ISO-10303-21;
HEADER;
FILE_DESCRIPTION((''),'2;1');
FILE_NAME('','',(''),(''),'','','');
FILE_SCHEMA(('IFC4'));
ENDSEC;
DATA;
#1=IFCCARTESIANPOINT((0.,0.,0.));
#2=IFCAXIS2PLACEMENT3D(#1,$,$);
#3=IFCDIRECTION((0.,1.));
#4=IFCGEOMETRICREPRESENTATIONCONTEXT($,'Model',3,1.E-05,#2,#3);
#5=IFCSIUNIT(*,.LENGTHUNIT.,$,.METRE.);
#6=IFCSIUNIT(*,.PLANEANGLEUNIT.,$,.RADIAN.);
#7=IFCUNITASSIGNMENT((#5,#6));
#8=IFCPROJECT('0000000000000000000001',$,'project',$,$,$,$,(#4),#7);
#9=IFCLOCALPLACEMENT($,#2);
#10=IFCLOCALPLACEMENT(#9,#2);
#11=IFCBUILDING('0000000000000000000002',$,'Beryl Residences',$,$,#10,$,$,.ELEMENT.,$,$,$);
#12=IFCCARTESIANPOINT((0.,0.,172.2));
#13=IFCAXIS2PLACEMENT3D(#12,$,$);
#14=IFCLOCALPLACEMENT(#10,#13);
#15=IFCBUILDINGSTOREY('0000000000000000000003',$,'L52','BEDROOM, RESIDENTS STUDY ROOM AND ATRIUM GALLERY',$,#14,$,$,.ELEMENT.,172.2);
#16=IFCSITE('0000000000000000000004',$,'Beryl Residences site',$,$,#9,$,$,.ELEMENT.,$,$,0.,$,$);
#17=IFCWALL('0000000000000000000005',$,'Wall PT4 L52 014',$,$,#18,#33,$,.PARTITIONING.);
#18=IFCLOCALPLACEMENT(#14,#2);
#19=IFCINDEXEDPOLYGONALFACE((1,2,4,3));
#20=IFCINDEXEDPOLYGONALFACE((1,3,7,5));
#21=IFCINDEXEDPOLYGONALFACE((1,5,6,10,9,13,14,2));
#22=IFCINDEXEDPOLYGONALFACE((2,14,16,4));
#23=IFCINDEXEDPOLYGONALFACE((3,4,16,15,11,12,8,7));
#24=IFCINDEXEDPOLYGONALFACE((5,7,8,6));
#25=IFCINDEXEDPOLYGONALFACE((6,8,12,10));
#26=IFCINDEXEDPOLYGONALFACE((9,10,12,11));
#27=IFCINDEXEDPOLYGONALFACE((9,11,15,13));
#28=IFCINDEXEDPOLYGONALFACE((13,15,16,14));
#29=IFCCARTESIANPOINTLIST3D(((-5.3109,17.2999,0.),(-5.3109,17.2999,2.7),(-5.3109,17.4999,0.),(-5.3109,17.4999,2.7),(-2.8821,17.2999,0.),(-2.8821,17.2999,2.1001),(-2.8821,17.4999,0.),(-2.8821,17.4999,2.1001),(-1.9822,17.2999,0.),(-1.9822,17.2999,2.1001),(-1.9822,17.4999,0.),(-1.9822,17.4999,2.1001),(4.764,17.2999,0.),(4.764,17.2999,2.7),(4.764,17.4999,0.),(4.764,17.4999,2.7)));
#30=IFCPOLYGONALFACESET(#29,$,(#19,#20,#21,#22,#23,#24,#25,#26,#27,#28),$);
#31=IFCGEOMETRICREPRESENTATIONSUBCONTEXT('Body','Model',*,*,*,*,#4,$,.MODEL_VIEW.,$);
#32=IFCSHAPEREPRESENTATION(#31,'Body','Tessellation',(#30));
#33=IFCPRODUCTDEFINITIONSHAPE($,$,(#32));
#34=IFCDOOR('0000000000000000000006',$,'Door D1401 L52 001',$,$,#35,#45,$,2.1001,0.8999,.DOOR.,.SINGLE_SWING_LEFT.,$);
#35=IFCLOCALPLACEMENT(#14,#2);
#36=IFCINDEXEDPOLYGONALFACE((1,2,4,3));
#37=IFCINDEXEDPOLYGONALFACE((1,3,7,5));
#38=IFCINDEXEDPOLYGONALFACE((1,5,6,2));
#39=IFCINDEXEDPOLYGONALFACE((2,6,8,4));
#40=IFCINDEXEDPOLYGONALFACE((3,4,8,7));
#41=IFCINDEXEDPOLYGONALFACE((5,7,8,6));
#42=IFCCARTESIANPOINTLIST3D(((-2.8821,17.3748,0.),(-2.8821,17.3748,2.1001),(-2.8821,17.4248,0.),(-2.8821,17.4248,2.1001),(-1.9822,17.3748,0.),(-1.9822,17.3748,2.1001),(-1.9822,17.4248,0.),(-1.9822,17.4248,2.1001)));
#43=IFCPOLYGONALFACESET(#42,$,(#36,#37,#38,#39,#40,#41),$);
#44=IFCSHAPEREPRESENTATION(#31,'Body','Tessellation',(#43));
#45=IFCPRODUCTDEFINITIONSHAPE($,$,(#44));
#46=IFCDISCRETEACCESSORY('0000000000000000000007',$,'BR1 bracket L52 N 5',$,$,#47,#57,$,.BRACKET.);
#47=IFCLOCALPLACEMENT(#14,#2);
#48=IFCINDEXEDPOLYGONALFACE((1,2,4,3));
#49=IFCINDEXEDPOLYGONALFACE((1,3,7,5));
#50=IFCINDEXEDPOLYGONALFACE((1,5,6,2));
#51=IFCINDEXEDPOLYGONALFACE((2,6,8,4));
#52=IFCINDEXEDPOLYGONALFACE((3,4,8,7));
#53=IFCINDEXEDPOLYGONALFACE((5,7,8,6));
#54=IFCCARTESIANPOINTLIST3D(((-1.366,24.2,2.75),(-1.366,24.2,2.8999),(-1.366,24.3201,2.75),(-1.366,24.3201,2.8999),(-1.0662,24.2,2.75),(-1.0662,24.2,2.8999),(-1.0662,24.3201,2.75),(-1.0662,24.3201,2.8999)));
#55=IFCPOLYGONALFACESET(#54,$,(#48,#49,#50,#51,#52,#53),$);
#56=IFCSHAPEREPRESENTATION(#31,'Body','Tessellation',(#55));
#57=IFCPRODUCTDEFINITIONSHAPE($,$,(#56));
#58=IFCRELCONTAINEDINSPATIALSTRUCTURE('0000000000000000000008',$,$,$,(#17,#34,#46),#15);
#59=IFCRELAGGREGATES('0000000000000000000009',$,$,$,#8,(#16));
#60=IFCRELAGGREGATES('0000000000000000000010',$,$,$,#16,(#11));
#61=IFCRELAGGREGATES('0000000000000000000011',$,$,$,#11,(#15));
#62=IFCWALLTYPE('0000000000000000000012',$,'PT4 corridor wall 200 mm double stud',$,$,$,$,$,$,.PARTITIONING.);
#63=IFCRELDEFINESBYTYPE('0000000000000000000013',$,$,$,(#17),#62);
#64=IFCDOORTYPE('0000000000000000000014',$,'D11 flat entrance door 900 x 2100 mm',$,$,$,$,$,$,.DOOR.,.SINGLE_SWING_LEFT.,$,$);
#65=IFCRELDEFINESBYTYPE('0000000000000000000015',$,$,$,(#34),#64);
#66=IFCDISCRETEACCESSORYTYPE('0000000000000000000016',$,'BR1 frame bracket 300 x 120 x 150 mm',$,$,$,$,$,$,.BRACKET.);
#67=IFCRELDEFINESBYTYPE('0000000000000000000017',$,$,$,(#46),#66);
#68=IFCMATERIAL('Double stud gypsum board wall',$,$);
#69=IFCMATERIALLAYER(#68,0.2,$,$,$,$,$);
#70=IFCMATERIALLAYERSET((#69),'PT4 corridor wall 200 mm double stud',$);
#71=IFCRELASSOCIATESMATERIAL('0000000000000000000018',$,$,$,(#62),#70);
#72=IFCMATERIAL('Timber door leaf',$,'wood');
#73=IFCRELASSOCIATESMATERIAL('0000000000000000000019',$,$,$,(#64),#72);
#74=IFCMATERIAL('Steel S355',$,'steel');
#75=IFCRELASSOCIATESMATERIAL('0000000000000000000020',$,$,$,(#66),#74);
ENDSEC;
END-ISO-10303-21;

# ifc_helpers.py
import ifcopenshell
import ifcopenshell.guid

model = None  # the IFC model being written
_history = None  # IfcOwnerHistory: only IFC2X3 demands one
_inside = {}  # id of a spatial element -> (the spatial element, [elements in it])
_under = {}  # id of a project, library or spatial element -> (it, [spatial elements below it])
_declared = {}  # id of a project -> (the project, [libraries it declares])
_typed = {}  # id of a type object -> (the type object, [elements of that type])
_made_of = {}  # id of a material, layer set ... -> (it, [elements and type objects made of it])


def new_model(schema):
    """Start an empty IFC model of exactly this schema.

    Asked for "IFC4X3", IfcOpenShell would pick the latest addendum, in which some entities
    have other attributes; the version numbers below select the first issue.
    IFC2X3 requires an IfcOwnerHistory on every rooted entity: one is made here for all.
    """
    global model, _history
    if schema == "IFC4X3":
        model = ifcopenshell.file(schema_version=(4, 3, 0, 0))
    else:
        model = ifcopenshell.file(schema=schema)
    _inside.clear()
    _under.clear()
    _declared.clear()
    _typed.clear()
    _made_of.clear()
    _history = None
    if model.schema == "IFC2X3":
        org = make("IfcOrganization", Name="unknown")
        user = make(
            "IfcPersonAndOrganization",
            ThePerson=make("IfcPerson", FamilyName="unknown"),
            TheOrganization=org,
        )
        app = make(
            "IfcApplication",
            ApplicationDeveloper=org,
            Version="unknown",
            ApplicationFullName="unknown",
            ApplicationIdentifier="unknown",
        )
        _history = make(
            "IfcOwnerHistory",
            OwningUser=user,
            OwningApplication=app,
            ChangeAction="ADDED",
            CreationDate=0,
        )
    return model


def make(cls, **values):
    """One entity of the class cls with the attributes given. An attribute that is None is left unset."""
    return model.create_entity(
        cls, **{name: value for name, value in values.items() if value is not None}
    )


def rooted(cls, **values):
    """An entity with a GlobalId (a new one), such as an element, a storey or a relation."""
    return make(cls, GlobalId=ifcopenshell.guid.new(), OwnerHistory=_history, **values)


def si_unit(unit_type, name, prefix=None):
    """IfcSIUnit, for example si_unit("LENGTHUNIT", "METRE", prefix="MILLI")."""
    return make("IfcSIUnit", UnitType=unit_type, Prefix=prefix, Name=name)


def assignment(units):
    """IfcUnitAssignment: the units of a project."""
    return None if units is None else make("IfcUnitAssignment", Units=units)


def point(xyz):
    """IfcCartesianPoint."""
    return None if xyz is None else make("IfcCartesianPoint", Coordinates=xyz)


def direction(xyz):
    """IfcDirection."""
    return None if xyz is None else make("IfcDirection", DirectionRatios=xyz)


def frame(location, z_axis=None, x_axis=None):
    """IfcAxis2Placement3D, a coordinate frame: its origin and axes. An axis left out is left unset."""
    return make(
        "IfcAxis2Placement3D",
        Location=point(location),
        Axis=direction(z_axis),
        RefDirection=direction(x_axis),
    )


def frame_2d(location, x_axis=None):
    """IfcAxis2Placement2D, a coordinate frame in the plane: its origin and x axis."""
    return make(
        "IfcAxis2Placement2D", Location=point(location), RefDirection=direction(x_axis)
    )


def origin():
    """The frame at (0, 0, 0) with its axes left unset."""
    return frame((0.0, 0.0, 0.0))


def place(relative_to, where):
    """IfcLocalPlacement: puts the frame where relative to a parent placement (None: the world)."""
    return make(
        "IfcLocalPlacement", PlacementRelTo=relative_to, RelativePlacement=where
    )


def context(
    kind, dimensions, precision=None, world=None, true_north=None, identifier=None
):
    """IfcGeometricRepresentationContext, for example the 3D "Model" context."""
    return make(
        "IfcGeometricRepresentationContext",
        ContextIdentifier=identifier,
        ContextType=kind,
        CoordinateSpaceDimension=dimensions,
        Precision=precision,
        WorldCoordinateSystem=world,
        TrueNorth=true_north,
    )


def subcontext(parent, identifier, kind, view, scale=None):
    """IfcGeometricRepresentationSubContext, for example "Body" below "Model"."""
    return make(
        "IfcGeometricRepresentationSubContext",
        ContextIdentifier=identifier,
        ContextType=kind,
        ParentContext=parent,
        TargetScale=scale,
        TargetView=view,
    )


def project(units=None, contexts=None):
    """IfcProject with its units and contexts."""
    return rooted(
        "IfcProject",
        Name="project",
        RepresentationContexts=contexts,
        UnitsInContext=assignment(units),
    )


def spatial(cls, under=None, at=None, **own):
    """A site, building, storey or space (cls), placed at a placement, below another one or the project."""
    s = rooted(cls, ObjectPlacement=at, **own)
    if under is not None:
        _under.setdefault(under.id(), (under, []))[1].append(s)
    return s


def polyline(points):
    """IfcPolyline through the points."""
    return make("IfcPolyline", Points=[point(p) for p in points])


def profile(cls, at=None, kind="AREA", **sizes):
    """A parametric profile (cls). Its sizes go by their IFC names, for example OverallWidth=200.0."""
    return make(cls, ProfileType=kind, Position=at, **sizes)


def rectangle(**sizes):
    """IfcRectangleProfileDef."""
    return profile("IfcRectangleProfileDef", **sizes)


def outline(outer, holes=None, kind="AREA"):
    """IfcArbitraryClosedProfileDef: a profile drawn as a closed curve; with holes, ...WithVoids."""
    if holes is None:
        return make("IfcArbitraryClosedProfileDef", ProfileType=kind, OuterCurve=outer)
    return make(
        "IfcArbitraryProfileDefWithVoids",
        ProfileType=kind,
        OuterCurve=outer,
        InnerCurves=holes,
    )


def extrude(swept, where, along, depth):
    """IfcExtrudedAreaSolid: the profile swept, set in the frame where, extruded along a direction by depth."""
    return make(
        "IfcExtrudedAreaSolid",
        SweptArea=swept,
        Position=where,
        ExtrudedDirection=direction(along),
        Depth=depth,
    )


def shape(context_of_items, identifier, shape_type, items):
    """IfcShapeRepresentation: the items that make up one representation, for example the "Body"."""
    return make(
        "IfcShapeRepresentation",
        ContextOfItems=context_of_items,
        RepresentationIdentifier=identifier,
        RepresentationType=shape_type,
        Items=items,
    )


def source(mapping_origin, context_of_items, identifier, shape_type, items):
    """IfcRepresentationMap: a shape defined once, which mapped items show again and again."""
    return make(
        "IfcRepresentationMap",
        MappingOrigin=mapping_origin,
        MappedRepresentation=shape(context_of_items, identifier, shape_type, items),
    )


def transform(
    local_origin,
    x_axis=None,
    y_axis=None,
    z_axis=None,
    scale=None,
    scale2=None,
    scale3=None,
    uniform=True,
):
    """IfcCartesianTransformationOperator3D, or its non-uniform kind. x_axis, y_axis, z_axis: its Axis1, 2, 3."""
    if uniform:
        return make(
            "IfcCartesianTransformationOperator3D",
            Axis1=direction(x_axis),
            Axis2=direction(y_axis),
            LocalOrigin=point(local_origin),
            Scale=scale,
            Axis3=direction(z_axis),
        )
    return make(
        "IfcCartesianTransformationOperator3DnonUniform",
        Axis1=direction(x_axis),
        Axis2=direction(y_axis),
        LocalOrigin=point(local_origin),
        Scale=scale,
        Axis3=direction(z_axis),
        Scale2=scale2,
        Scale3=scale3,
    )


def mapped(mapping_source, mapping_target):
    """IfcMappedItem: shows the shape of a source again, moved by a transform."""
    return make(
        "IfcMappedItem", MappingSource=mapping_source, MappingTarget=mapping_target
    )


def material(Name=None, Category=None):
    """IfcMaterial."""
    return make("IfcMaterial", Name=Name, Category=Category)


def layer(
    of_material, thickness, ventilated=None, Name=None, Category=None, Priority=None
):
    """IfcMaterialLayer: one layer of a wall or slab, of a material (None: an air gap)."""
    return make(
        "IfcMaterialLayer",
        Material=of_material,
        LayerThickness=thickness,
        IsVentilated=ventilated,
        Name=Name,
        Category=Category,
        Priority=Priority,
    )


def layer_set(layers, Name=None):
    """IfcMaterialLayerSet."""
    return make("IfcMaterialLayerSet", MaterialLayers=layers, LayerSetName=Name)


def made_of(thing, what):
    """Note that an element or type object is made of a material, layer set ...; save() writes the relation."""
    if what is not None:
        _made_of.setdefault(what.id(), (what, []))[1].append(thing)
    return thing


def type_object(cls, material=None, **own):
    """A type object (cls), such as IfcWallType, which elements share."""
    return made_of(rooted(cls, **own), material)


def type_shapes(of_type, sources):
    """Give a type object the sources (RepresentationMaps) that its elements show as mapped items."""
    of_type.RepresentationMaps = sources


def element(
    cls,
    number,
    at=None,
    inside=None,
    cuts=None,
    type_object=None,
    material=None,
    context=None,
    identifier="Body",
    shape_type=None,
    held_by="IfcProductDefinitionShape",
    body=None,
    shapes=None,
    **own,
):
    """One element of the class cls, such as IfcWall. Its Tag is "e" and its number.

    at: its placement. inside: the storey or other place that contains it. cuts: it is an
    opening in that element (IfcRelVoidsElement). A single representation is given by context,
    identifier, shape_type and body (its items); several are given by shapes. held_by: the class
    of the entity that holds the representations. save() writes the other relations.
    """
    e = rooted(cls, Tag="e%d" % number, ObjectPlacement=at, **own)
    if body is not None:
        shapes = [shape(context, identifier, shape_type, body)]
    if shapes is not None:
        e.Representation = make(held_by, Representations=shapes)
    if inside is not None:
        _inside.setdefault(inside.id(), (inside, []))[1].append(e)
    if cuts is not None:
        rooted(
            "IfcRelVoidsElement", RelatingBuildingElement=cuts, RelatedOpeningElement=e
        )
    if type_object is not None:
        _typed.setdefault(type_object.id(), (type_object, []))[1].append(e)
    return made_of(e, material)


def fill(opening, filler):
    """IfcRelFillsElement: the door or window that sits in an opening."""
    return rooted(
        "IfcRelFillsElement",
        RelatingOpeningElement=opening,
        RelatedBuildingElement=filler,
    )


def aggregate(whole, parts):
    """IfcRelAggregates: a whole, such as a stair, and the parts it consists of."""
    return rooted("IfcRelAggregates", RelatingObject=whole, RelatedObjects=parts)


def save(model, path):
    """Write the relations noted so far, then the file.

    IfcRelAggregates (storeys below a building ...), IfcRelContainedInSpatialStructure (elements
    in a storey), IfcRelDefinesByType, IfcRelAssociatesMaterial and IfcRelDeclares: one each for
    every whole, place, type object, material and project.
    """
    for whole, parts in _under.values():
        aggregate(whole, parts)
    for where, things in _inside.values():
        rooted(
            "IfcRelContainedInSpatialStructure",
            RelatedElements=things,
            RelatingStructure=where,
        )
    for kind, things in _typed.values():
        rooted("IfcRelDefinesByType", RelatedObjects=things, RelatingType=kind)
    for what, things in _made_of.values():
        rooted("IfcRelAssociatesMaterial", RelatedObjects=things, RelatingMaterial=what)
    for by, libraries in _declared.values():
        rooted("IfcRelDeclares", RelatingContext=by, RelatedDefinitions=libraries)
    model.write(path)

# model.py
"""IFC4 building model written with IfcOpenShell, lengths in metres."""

from ifc_helpers import new_model, si_unit, direction, frame, frame_2d, origin, place, context, subcontext, project, spatial, polyline, rectangle, outline, extrude, source, transform, mapped, material, layer, layer_set, type_object, type_shapes, element, fill, save


model = new_model("IFC4")

# Units and contexts
model_context = context("Model", 3, precision=1e-05, world=origin(), true_north=direction((0.0, 1.0)))
body_context = subcontext(model_context, "Body", "Model", "MODEL_VIEW")
ifc_project = project(units=[si_unit("LENGTHUNIT", "METRE"), si_unit("PLANEANGLEUNIT", "RADIAN")], contexts=[model_context])

# Site, building, storey
site_placement = place(None, origin())
site = spatial("IfcSite", under=ifc_project, at=site_placement, Name="Beryl Residences site", CompositionType="ELEMENT", RefElevation=0.0)
building_placement = place(site_placement, origin())
building = spatial("IfcBuilding", under=site, at=building_placement, Name="Beryl Residences", CompositionType="ELEMENT")
storey_placement = place(building_placement, frame((0.0, 0.0, 172.2)))
storey = spatial("IfcBuildingStorey", under=building, at=storey_placement, Name="L52", Description="BEDROOM, RESIDENTS STUDY ROOM AND ATRIUM GALLERY", CompositionType="ELEMENT", Elevation=172.2)

# Wall, opening, door
ifc_material_1 = material(Name="Double stud gypsum board wall")
ifc_layer_1 = layer(ifc_material_1, 0.2)
ifc_layer_set_1 = layer_set([ifc_layer_1], Name="PT4 corridor wall 200 mm double stud")
wall_type_1 = type_object("IfcWallType", Name="PT4 corridor wall 200 mm double stud", PredefinedType="PARTITIONING", material=ifc_layer_set_1)
wall_1_placement = place(storey_placement, frame((-5.311, 17.3999, 0.0), z_axis=(0.0, 0.0, 1.0), x_axis=(1.0, 0.0, 0.0)))
wall_1 = element("IfcWall", 1, at=wall_1_placement, inside=storey, type_object=wall_type_1, Name="Wall PT4 L52 014", PredefinedType="PARTITIONING", context=body_context, shape_type="SweptSolid", body=[
    extrude(rectangle(XDim=10.075, YDim=0.2, at=frame_2d((5.0376, 0.0))), origin(), (0.0, 0.0, 1.0), 2.7),
])
opening_1_placement = place(wall_1_placement, frame((2.429, 0.0, 0.0)))
opening_1 = element("IfcOpeningElement", 2, at=opening_1_placement, cuts=wall_1, PredefinedType="OPENING", context=body_context, shape_type="SweptSolid", body=[
    extrude(rectangle(XDim=0.8999, YDim=2.1001, at=frame_2d((0.45, 1.05))), frame((0.0, 0.1099, 0.0), z_axis=(0.0, -1.0, 0.0), x_axis=(1.0, 0.0, 0.0)), (0.0, 0.0, 1.0), 0.22),
])
ifc_material_2 = material(Name="Timber door leaf", Category="wood")
door_type_1 = type_object("IfcDoorType", Name="D11 flat entrance door 900 x 2100 mm", OperationType="SINGLE_SWING_LEFT", PredefinedType="DOOR", material=ifc_material_2)
door_1_placement = place(opening_1_placement, origin())
door_1 = element("IfcDoor", 3, at=door_1_placement, inside=storey, type_object=door_type_1, Name="Door D1401 L52 001", OperationType="SINGLE_SWING_LEFT", OverallHeight=2.1001, OverallWidth=0.8999, PredefinedType="DOOR", context=body_context, shape_type="SweptSolid", body=[
    extrude(rectangle(XDim=0.8999, YDim=2.1001, at=frame_2d((0.45, 1.05))), frame((0.0, 0.0249, 0.0), z_axis=(0.0, -1.0, 0.0), x_axis=(1.0, 0.0, 0.0)), (0.0, 0.0, 1.0), 0.05),
])
fill(opening_1, door_1)

# Discrete accessory
ifc_material_3 = material(Name="Steel S355", Category="steel")
discrete_accessory_type = type_object("IfcDiscreteAccessoryType", Name="BR1 frame bracket 300 x 120 x 150 mm", PredefinedType="BRACKET", material=ifc_material_3)
shared_shape_1 = source(origin(), body_context, "Body", "SweptSolid", [
    extrude(outline(polyline([(-0.1499, 0.0), (0.1499, 0.0), (0.1499, 0.1201), (-0.1499, 0.1201), (-0.1499, 0.0)])), origin(), (0.0, 0.0, 1.0), 0.1499),
])
type_shapes(discrete_accessory_type, [shared_shape_1])
discrete_accessory_placement = place(storey_placement, frame((-1.2161, 24.2, 2.75), z_axis=(0.0, 0.0, 1.0), x_axis=(1.0, 0.0, 0.0)))
element("IfcDiscreteAccessory", 4, at=discrete_accessory_placement, inside=storey, type_object=discrete_accessory_type, Name="BR1 bracket L52 N 5", PredefinedType="BRACKET", context=body_context, shape_type="MappedRepresentation", body=[
    mapped(shared_shape_1, transform((0.0, 0.0, 0.0))),
])

save(model, "model.ifc")
